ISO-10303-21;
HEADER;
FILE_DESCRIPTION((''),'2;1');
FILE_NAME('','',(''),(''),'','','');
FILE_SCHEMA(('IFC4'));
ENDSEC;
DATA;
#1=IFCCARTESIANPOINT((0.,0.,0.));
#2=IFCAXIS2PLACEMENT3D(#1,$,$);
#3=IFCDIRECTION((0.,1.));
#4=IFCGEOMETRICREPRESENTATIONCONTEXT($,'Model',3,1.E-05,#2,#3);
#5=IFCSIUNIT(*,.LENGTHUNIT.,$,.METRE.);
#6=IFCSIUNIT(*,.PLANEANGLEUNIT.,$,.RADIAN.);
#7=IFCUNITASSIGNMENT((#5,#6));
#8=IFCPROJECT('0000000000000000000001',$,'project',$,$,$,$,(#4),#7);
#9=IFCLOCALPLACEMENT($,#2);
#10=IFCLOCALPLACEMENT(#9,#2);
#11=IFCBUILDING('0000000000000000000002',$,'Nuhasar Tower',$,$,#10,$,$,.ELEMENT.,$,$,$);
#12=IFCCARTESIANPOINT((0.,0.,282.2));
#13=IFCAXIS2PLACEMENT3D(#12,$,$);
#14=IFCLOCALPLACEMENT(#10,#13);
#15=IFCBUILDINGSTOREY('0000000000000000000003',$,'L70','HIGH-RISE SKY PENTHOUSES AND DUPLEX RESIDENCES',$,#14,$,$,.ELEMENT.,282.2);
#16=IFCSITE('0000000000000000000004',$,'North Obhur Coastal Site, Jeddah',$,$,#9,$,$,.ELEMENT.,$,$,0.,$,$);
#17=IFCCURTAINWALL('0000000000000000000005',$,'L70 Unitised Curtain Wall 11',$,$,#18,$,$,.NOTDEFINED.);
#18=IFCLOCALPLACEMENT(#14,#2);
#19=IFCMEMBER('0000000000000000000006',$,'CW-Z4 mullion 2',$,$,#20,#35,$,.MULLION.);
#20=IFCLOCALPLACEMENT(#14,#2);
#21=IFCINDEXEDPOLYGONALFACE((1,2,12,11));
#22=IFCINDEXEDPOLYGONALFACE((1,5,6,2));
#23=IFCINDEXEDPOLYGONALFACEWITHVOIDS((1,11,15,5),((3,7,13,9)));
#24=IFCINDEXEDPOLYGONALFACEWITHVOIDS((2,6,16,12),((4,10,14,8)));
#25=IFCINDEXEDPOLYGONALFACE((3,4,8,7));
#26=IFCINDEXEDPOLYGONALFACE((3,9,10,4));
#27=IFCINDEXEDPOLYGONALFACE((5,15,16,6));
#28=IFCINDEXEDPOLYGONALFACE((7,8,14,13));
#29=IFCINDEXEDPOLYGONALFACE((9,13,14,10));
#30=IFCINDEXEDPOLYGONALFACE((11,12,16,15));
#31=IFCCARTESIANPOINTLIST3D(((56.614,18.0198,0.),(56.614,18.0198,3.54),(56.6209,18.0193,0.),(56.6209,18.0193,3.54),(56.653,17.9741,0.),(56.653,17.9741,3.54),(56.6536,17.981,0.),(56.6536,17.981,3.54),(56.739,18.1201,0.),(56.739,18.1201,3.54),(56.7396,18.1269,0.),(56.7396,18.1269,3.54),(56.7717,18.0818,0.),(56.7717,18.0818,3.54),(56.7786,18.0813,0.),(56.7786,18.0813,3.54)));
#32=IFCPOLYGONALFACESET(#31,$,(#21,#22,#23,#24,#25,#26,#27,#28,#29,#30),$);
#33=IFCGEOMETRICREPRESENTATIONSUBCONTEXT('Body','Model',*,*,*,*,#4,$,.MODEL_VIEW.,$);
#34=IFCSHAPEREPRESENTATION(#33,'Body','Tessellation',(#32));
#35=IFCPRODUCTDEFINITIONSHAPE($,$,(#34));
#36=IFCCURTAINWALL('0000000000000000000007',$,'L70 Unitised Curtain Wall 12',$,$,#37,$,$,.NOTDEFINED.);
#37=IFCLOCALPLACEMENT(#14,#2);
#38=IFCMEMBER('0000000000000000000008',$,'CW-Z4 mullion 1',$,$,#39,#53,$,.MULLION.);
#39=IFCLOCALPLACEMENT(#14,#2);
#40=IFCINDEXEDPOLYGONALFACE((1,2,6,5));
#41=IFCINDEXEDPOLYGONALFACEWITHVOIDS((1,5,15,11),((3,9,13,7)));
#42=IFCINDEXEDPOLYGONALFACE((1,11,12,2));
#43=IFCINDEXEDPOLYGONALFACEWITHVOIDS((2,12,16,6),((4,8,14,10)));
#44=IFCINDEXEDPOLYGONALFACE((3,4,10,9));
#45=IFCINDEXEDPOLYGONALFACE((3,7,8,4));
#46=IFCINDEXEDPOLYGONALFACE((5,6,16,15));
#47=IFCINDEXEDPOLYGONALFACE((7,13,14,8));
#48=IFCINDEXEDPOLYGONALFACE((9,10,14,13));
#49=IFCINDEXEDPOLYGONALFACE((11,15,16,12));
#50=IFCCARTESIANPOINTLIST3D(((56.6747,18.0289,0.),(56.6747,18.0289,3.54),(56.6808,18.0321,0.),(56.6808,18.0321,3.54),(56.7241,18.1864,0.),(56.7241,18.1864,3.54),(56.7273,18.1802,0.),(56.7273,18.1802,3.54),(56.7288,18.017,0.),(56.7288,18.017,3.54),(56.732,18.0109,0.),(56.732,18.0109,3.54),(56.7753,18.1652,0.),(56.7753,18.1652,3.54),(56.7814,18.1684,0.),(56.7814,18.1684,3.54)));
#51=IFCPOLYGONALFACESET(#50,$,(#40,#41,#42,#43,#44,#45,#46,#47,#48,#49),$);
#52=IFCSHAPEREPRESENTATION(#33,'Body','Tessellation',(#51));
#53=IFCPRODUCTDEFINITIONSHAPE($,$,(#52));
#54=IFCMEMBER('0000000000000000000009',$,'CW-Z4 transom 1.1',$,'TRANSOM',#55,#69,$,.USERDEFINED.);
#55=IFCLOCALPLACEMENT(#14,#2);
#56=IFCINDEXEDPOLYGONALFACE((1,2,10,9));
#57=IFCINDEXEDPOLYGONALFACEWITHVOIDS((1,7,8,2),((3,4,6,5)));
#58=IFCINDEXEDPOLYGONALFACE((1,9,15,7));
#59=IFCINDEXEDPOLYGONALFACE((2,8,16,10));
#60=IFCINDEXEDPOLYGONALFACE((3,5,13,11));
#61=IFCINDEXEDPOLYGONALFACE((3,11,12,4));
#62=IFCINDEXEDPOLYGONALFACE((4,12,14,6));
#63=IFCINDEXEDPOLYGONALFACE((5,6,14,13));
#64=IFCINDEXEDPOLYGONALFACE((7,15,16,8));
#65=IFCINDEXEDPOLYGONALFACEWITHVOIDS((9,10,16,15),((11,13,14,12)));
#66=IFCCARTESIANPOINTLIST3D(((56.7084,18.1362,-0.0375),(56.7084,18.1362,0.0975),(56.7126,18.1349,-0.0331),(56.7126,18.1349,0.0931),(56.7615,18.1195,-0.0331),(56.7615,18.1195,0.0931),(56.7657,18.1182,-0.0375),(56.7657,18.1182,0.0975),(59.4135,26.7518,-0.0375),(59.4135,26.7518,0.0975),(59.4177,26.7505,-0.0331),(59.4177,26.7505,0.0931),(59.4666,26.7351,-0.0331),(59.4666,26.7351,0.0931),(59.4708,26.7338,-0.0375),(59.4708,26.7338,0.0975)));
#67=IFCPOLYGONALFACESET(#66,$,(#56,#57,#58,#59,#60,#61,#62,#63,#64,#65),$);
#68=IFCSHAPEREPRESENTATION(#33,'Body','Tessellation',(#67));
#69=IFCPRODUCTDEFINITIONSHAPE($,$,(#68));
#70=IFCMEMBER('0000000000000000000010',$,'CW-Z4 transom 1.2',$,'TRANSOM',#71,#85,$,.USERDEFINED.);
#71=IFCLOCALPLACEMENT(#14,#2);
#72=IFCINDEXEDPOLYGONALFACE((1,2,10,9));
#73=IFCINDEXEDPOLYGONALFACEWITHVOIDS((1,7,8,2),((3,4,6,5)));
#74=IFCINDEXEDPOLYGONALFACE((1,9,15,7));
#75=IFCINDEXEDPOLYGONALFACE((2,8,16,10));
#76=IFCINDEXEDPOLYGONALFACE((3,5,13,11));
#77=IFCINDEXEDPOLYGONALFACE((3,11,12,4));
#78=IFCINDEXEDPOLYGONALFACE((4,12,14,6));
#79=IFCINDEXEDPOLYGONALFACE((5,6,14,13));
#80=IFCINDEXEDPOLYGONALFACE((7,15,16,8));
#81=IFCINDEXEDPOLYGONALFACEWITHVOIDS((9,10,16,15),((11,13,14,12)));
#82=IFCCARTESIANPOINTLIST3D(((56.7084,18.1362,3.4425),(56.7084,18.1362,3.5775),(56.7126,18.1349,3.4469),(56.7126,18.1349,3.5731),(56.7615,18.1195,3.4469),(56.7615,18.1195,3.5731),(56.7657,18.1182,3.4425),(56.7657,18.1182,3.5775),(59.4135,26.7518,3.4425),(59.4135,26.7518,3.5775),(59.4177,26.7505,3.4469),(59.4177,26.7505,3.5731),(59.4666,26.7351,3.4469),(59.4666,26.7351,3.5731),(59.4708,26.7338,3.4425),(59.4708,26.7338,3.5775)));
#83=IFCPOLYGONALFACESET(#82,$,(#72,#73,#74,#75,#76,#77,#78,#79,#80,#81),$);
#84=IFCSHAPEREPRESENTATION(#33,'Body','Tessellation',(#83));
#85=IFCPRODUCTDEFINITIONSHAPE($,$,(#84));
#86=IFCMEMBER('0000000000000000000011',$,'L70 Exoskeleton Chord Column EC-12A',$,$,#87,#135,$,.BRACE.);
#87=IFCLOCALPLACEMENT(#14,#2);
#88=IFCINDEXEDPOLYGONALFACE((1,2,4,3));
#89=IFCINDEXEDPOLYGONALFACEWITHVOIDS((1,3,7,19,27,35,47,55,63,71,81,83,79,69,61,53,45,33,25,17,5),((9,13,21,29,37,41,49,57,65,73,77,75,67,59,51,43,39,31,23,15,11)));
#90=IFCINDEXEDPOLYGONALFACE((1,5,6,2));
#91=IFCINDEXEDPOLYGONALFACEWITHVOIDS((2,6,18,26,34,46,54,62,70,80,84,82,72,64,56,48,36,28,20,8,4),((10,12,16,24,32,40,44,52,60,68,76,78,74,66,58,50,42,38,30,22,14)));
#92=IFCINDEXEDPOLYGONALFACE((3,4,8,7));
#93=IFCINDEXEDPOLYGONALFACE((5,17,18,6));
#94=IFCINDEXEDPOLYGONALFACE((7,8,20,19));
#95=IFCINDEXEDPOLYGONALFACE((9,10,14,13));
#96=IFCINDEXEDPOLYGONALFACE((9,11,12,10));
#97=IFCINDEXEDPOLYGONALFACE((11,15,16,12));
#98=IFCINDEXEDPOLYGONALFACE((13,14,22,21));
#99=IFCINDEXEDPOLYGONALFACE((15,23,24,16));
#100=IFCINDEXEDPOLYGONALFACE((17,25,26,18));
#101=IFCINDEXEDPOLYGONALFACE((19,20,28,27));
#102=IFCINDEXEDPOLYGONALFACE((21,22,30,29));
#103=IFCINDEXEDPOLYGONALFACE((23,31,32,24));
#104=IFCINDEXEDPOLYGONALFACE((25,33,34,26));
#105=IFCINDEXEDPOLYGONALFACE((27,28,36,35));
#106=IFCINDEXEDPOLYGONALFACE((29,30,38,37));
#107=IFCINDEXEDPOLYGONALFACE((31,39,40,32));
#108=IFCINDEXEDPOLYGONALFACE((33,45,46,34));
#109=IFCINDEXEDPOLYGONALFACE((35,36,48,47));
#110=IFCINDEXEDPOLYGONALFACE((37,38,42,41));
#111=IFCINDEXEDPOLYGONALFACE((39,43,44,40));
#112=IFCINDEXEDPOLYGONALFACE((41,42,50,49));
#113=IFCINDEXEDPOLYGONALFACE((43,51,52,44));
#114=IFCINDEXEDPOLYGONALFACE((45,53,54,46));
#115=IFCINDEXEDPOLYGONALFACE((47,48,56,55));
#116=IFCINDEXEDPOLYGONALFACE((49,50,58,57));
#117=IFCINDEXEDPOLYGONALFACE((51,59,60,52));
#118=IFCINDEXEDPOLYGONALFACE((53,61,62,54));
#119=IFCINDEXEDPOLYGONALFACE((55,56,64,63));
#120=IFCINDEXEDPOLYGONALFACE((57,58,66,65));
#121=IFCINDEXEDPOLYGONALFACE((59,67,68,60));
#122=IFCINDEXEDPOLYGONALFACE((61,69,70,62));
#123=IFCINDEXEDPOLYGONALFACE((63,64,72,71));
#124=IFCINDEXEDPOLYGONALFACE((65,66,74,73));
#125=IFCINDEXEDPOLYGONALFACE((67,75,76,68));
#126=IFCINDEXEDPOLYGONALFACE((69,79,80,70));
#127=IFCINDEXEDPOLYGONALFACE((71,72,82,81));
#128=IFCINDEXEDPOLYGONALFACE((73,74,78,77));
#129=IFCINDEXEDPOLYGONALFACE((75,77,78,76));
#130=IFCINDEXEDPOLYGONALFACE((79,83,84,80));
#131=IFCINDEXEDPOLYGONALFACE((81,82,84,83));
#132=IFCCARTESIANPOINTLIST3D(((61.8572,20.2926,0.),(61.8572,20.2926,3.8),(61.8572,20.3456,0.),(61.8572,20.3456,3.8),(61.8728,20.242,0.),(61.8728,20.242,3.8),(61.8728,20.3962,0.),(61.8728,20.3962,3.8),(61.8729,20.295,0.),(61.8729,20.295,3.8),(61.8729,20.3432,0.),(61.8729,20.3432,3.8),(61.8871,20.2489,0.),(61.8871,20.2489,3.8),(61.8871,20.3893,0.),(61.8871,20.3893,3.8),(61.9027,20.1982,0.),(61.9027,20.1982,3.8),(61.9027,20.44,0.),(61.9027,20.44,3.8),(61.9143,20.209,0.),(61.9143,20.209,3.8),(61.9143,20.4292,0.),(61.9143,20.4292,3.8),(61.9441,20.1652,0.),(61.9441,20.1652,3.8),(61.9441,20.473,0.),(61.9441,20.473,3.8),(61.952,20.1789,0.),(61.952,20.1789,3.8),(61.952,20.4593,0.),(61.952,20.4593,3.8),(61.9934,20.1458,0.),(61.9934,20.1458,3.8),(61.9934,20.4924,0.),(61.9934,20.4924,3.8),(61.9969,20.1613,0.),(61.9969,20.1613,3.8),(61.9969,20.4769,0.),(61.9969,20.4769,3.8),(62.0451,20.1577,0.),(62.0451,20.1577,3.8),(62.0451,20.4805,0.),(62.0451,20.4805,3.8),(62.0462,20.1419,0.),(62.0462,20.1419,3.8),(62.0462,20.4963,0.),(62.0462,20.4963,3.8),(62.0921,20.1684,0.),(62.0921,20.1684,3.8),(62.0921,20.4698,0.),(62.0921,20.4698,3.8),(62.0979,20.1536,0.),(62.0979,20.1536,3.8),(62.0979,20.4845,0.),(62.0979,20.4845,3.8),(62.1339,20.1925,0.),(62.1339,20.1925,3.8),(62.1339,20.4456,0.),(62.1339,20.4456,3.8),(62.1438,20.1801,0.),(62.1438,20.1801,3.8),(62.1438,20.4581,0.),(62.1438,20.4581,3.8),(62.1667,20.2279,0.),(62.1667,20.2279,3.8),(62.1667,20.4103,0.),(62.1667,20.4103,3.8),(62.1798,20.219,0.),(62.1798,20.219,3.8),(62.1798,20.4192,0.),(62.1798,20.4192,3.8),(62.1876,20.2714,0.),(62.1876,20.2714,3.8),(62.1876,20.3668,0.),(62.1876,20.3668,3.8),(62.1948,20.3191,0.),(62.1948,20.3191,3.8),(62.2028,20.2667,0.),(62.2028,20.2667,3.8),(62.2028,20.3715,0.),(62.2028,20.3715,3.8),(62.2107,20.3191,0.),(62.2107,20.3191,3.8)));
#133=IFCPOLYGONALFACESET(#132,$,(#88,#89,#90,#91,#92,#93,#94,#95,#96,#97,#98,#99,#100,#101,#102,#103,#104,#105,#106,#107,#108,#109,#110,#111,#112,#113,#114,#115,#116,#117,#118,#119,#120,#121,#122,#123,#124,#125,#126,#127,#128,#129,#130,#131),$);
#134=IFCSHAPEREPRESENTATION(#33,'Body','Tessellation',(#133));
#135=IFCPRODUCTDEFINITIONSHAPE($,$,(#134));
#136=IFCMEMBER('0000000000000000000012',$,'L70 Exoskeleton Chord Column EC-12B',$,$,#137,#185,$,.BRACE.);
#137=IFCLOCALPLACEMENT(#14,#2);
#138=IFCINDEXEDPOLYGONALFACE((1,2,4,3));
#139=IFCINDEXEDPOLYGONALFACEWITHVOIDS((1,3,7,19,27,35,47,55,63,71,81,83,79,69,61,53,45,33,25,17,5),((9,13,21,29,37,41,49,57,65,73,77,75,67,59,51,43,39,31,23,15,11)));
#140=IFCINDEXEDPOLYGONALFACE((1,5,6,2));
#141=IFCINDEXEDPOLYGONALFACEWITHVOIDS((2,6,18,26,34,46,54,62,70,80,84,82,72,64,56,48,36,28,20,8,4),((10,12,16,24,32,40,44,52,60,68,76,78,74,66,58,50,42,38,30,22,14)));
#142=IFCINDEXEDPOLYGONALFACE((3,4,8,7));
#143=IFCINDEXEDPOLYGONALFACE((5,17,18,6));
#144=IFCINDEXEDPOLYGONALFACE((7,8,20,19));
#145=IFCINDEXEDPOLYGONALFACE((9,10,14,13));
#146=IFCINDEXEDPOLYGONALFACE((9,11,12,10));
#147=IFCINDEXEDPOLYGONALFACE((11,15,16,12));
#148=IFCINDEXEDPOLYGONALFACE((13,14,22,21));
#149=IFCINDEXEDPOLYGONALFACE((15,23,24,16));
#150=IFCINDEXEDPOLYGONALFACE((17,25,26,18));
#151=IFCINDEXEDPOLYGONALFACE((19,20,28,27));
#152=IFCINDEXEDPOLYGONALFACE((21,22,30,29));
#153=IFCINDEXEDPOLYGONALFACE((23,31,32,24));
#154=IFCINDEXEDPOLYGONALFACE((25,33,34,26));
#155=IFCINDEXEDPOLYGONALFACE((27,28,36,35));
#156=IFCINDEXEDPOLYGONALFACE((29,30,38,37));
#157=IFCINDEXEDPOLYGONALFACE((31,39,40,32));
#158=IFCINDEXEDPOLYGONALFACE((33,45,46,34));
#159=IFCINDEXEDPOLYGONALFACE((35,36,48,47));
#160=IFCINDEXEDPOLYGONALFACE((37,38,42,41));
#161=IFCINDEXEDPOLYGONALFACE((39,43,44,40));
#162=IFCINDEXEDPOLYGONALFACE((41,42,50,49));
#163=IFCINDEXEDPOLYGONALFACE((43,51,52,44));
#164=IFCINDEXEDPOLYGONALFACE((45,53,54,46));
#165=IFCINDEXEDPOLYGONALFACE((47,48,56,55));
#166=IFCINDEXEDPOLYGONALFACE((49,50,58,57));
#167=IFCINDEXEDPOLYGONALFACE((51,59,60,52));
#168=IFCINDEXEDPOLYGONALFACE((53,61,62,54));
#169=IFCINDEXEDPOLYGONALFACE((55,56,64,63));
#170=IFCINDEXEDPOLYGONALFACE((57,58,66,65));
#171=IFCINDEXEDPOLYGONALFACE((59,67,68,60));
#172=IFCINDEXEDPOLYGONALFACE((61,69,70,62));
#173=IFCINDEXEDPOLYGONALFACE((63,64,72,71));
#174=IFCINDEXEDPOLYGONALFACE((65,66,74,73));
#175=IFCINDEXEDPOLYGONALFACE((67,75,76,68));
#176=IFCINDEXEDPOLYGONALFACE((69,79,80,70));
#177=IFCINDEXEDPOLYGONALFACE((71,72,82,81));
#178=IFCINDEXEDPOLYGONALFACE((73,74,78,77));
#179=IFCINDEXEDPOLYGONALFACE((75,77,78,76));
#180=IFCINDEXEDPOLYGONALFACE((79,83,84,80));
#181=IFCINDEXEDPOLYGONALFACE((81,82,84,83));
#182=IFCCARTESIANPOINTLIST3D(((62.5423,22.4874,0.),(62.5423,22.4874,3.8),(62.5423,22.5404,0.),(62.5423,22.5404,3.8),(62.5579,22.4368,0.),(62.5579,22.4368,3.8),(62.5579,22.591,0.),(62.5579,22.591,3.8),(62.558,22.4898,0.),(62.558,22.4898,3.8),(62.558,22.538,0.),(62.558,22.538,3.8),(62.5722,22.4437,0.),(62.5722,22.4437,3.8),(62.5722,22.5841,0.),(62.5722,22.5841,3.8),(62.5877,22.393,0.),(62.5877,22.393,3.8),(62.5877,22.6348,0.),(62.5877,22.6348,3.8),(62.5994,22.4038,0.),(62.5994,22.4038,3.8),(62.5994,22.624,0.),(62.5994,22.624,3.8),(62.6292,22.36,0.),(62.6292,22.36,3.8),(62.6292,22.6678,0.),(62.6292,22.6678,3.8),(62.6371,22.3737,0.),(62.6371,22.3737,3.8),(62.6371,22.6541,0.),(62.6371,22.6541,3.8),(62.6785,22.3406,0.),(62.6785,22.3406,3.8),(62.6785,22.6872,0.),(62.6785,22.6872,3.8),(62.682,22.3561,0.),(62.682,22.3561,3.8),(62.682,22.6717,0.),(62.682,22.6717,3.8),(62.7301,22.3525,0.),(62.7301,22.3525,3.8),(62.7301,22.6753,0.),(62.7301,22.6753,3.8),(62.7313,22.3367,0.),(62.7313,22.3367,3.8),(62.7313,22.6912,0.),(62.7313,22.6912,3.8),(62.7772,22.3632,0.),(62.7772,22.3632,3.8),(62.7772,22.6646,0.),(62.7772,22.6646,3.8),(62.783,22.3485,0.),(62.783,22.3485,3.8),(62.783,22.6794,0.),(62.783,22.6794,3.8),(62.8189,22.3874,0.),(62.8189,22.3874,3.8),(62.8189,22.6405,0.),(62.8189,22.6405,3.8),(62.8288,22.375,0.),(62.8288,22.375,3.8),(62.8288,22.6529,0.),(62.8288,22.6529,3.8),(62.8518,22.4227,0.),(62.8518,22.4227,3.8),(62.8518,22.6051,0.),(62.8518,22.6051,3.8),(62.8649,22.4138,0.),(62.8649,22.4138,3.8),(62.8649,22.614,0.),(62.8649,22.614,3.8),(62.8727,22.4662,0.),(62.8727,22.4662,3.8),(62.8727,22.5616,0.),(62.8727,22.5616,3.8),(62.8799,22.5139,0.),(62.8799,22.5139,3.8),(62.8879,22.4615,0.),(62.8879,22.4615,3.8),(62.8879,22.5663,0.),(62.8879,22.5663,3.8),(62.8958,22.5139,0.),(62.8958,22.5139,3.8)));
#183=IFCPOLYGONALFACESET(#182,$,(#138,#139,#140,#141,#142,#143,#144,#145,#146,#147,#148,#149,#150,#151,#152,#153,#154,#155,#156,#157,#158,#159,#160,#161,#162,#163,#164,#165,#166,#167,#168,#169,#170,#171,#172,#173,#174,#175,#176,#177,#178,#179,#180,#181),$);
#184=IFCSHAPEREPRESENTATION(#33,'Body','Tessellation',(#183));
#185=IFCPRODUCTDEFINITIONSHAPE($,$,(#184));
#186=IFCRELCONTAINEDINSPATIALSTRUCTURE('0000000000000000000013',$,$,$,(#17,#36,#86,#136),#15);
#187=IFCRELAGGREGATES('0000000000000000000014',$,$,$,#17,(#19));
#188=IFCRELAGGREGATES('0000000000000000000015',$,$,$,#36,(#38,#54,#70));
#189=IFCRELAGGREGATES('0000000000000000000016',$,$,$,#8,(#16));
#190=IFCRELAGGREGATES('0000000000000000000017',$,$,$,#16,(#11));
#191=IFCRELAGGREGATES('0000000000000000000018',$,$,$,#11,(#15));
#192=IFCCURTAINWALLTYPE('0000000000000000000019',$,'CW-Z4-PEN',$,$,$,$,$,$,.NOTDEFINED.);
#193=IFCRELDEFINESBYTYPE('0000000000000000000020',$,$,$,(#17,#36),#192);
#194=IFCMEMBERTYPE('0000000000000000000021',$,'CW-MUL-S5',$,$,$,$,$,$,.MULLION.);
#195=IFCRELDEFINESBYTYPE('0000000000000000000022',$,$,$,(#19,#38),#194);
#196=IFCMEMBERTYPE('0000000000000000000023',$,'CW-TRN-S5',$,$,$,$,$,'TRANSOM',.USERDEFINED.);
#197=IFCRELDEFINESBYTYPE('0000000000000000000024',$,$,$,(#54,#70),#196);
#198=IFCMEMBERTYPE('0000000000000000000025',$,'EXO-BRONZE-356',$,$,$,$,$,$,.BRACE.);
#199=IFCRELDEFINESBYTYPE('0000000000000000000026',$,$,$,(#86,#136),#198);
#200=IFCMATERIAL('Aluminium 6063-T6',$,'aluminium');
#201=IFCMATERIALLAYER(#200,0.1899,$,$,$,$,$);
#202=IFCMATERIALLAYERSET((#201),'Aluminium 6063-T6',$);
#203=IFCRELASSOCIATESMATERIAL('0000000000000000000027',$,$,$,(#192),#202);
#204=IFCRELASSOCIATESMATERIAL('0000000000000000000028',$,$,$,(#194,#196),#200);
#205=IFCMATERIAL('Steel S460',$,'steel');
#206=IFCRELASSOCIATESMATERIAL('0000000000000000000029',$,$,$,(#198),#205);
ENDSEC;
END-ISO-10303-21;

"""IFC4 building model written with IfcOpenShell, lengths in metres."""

from ifc_helpers import new_model, si_unit, direction, frame, origin, origin_2d, place, context, subcontext, project, spatial, hollow_rectangle, hollow_circle, extrude, material, layer, layer_set, material_profile, profile_set, type_object, element, aggregate, save


model = new_model("IFC4")

# Units and contexts
model_context = context("Model", 3, precision=1e-05, world=origin(), true_north=direction((0.0, 1.0)))
body_context = subcontext(model_context, "Body", "Model", "MODEL_VIEW")
ifc_project = project(units=[si_unit("LENGTHUNIT", "METRE"), si_unit("PLANEANGLEUNIT", "RADIAN")], contexts=[model_context])

# Site, building, storey
site_placement = place(None, origin())
site = spatial("IfcSite", under=ifc_project, at=site_placement, Name="North Obhur Coastal Site, Jeddah", CompositionType="ELEMENT", RefElevation=0.0)
building_placement = place(site_placement, origin())
building = spatial("IfcBuilding", under=site, at=building_placement, Name="Nuhasar Tower", CompositionType="ELEMENT")
storey_placement = place(building_placement, frame((0.0, 0.0, 282.2)))
storey = spatial("IfcBuildingStorey", under=building, at=storey_placement, Name="L70", Description="HIGH-RISE SKY PENTHOUSES AND DUPLEX RESIDENCES", CompositionType="ELEMENT", Elevation=282.2)

# Curtain wall, member
ifc_material_1 = material(Name="Aluminium 6063-T6", Category="aluminium")
ifc_layer_1 = layer(ifc_material_1, 0.1899)
ifc_layer_set_1 = layer_set([ifc_layer_1], Name="Aluminium 6063-T6")
curtain_wall_type = type_object("IfcCurtainWallType", Name="CW-Z4-PEN", PredefinedType="NOTDEFINED", material=ifc_layer_set_1)
curtain_wall_1_placement = place(storey_placement, origin())
curtain_wall_1 = element("IfcCurtainWall", 1, at=curtain_wall_1_placement, inside=storey, type_object=curtain_wall_type, Name="L70 Unitised Curtain Wall 11", PredefinedType="NOTDEFINED")
ifc_material_profile_1 = material_profile(ifc_material_1, hollow_rectangle(XDim=0.0601, YDim=0.165, WallThickness=0.0049, at=origin_2d()), Name="CWM-5")
ifc_profile_set_1 = profile_set([ifc_material_profile_1], Name="Aluminium 6063-T6")
member_type_1 = type_object("IfcMemberType", Name="CW-MUL-S5", PredefinedType="MULLION", material=ifc_profile_set_1)
member_1_placement = place(storey_placement, frame((56.6963, 18.0505, 0.0), z_axis=(0.0, 0.0, 1.0), x_axis=(-0.649142, 0.760667, 0.0)))
member_1 = element("IfcMember", 2, at=member_1_placement, type_object=member_type_1, Name="CW-Z4 mullion 2", PredefinedType="MULLION", context=body_context, shape_type="SweptSolid", body=[
    extrude(hollow_rectangle(XDim=0.0601, YDim=0.165, WallThickness=0.0049, at=origin_2d()), origin(), (0.0, 0.0, 1.0), 3.54),
])
aggregate(curtain_wall_1, [member_1])

# Curtain wall, members
curtain_wall_2_placement = place(storey_placement, origin())
curtain_wall_2 = element("IfcCurtainWall", 3, at=curtain_wall_2_placement, inside=storey, type_object=curtain_wall_type, Name="L70 Unitised Curtain Wall 12", PredefinedType="NOTDEFINED")
member_2_placement = place(storey_placement, frame((56.728, 18.0986, 0.0), z_axis=(0.0, 0.0, 1.0), x_axis=(-0.954079, 0.299557, 0.0)))
member_2 = element("IfcMember", 4, at=member_2_placement, type_object=member_type_1, Name="CW-Z4 mullion 1", PredefinedType="MULLION", context=body_context, shape_type="SweptSolid", body=[
    extrude(hollow_rectangle(XDim=0.0601, YDim=0.165, WallThickness=0.0049, at=origin_2d()), origin(), (0.0, 0.0, 1.0), 3.54),
])
ifc_material_profile_2 = material_profile(ifc_material_1, hollow_rectangle(XDim=0.0601, YDim=0.135, WallThickness=0.0044, at=origin_2d()), Name="CWT-5")
ifc_profile_set_2 = profile_set([ifc_material_profile_2], Name="Aluminium 6063-T6")
member_type_2 = type_object("IfcMemberType", Name="CW-TRN-S5", ElementType="TRANSOM", PredefinedType="USERDEFINED", material=ifc_profile_set_2)
member_3_placement = place(storey_placement, frame((56.7371, 18.1272, 0.03), z_axis=(0.29956, 0.954077, 0.0), x_axis=(-0.954077, 0.29956, 0.0)))
member_3 = element("IfcMember", 5, at=member_3_placement, type_object=member_type_2, Name="CW-Z4 transom 1.1", ObjectType="TRANSOM", PredefinedType="USERDEFINED", context=body_context, shape_type="SweptSolid", body=[
    extrude(hollow_rectangle(XDim=0.0601, YDim=0.135, WallThickness=0.0044, at=origin_2d()), origin(), (0.0, 0.0, 1.0), 9.0303),
])
member_4_placement = place(storey_placement, frame((56.7371, 18.1272, 3.51), z_axis=(0.29956, 0.954077, 0.0), x_axis=(-0.954077, 0.29956, 0.0)))
member_4 = element("IfcMember", 6, at=member_4_placement, type_object=member_type_2, Name="CW-Z4 transom 1.2", ObjectType="TRANSOM", PredefinedType="USERDEFINED", context=body_context, shape_type="SweptSolid", body=[
    extrude(hollow_rectangle(XDim=0.0601, YDim=0.135, WallThickness=0.0044, at=origin_2d()), origin(), (0.0, 0.0, 1.0), 9.0303),
])

# Members
ifc_material_2 = material(Name="Steel S460", Category="steel")
ifc_material_profile_3 = material_profile(ifc_material_2, hollow_circle(Radius=0.1777, WallThickness=0.0159, at=origin_2d()), Name="HSS355.6X15.9")
ifc_profile_set_3 = profile_set([ifc_material_profile_3], Name="Steel S460")
member_type_3 = type_object("IfcMemberType", Name="EXO-BRONZE-356", PredefinedType="BRACE", material=ifc_profile_set_3)
for number, where, z_axis, x_axis, name in (
    (7, (62.033, 20.3191, 0.0), (0.0, 0.0, 1.0), (1.0, 0.0, 0.0), "L70 Exoskeleton Chord Column EC-12A"),
    (8, (62.718, 22.5139, 0.0), (0.0, 0.0, 1.0), (1.0, 0.0, 0.0), "L70 Exoskeleton Chord Column EC-12B"),
):
    element("IfcMember", number, at=place(storey_placement, frame(where, z_axis=z_axis, x_axis=x_axis)), inside=storey, type_object=member_type_3, Name=name, PredefinedType="BRACE", context=body_context, shape_type="SweptSolid", body=[
        extrude(hollow_circle(Radius=0.1777, WallThickness=0.0159, at=origin_2d()), origin(), (0.0, 0.0, 1.0), 3.8),
    ])

aggregate(curtain_wall_2, [member_2, member_3, member_4])

save(model, "model.ifc")
